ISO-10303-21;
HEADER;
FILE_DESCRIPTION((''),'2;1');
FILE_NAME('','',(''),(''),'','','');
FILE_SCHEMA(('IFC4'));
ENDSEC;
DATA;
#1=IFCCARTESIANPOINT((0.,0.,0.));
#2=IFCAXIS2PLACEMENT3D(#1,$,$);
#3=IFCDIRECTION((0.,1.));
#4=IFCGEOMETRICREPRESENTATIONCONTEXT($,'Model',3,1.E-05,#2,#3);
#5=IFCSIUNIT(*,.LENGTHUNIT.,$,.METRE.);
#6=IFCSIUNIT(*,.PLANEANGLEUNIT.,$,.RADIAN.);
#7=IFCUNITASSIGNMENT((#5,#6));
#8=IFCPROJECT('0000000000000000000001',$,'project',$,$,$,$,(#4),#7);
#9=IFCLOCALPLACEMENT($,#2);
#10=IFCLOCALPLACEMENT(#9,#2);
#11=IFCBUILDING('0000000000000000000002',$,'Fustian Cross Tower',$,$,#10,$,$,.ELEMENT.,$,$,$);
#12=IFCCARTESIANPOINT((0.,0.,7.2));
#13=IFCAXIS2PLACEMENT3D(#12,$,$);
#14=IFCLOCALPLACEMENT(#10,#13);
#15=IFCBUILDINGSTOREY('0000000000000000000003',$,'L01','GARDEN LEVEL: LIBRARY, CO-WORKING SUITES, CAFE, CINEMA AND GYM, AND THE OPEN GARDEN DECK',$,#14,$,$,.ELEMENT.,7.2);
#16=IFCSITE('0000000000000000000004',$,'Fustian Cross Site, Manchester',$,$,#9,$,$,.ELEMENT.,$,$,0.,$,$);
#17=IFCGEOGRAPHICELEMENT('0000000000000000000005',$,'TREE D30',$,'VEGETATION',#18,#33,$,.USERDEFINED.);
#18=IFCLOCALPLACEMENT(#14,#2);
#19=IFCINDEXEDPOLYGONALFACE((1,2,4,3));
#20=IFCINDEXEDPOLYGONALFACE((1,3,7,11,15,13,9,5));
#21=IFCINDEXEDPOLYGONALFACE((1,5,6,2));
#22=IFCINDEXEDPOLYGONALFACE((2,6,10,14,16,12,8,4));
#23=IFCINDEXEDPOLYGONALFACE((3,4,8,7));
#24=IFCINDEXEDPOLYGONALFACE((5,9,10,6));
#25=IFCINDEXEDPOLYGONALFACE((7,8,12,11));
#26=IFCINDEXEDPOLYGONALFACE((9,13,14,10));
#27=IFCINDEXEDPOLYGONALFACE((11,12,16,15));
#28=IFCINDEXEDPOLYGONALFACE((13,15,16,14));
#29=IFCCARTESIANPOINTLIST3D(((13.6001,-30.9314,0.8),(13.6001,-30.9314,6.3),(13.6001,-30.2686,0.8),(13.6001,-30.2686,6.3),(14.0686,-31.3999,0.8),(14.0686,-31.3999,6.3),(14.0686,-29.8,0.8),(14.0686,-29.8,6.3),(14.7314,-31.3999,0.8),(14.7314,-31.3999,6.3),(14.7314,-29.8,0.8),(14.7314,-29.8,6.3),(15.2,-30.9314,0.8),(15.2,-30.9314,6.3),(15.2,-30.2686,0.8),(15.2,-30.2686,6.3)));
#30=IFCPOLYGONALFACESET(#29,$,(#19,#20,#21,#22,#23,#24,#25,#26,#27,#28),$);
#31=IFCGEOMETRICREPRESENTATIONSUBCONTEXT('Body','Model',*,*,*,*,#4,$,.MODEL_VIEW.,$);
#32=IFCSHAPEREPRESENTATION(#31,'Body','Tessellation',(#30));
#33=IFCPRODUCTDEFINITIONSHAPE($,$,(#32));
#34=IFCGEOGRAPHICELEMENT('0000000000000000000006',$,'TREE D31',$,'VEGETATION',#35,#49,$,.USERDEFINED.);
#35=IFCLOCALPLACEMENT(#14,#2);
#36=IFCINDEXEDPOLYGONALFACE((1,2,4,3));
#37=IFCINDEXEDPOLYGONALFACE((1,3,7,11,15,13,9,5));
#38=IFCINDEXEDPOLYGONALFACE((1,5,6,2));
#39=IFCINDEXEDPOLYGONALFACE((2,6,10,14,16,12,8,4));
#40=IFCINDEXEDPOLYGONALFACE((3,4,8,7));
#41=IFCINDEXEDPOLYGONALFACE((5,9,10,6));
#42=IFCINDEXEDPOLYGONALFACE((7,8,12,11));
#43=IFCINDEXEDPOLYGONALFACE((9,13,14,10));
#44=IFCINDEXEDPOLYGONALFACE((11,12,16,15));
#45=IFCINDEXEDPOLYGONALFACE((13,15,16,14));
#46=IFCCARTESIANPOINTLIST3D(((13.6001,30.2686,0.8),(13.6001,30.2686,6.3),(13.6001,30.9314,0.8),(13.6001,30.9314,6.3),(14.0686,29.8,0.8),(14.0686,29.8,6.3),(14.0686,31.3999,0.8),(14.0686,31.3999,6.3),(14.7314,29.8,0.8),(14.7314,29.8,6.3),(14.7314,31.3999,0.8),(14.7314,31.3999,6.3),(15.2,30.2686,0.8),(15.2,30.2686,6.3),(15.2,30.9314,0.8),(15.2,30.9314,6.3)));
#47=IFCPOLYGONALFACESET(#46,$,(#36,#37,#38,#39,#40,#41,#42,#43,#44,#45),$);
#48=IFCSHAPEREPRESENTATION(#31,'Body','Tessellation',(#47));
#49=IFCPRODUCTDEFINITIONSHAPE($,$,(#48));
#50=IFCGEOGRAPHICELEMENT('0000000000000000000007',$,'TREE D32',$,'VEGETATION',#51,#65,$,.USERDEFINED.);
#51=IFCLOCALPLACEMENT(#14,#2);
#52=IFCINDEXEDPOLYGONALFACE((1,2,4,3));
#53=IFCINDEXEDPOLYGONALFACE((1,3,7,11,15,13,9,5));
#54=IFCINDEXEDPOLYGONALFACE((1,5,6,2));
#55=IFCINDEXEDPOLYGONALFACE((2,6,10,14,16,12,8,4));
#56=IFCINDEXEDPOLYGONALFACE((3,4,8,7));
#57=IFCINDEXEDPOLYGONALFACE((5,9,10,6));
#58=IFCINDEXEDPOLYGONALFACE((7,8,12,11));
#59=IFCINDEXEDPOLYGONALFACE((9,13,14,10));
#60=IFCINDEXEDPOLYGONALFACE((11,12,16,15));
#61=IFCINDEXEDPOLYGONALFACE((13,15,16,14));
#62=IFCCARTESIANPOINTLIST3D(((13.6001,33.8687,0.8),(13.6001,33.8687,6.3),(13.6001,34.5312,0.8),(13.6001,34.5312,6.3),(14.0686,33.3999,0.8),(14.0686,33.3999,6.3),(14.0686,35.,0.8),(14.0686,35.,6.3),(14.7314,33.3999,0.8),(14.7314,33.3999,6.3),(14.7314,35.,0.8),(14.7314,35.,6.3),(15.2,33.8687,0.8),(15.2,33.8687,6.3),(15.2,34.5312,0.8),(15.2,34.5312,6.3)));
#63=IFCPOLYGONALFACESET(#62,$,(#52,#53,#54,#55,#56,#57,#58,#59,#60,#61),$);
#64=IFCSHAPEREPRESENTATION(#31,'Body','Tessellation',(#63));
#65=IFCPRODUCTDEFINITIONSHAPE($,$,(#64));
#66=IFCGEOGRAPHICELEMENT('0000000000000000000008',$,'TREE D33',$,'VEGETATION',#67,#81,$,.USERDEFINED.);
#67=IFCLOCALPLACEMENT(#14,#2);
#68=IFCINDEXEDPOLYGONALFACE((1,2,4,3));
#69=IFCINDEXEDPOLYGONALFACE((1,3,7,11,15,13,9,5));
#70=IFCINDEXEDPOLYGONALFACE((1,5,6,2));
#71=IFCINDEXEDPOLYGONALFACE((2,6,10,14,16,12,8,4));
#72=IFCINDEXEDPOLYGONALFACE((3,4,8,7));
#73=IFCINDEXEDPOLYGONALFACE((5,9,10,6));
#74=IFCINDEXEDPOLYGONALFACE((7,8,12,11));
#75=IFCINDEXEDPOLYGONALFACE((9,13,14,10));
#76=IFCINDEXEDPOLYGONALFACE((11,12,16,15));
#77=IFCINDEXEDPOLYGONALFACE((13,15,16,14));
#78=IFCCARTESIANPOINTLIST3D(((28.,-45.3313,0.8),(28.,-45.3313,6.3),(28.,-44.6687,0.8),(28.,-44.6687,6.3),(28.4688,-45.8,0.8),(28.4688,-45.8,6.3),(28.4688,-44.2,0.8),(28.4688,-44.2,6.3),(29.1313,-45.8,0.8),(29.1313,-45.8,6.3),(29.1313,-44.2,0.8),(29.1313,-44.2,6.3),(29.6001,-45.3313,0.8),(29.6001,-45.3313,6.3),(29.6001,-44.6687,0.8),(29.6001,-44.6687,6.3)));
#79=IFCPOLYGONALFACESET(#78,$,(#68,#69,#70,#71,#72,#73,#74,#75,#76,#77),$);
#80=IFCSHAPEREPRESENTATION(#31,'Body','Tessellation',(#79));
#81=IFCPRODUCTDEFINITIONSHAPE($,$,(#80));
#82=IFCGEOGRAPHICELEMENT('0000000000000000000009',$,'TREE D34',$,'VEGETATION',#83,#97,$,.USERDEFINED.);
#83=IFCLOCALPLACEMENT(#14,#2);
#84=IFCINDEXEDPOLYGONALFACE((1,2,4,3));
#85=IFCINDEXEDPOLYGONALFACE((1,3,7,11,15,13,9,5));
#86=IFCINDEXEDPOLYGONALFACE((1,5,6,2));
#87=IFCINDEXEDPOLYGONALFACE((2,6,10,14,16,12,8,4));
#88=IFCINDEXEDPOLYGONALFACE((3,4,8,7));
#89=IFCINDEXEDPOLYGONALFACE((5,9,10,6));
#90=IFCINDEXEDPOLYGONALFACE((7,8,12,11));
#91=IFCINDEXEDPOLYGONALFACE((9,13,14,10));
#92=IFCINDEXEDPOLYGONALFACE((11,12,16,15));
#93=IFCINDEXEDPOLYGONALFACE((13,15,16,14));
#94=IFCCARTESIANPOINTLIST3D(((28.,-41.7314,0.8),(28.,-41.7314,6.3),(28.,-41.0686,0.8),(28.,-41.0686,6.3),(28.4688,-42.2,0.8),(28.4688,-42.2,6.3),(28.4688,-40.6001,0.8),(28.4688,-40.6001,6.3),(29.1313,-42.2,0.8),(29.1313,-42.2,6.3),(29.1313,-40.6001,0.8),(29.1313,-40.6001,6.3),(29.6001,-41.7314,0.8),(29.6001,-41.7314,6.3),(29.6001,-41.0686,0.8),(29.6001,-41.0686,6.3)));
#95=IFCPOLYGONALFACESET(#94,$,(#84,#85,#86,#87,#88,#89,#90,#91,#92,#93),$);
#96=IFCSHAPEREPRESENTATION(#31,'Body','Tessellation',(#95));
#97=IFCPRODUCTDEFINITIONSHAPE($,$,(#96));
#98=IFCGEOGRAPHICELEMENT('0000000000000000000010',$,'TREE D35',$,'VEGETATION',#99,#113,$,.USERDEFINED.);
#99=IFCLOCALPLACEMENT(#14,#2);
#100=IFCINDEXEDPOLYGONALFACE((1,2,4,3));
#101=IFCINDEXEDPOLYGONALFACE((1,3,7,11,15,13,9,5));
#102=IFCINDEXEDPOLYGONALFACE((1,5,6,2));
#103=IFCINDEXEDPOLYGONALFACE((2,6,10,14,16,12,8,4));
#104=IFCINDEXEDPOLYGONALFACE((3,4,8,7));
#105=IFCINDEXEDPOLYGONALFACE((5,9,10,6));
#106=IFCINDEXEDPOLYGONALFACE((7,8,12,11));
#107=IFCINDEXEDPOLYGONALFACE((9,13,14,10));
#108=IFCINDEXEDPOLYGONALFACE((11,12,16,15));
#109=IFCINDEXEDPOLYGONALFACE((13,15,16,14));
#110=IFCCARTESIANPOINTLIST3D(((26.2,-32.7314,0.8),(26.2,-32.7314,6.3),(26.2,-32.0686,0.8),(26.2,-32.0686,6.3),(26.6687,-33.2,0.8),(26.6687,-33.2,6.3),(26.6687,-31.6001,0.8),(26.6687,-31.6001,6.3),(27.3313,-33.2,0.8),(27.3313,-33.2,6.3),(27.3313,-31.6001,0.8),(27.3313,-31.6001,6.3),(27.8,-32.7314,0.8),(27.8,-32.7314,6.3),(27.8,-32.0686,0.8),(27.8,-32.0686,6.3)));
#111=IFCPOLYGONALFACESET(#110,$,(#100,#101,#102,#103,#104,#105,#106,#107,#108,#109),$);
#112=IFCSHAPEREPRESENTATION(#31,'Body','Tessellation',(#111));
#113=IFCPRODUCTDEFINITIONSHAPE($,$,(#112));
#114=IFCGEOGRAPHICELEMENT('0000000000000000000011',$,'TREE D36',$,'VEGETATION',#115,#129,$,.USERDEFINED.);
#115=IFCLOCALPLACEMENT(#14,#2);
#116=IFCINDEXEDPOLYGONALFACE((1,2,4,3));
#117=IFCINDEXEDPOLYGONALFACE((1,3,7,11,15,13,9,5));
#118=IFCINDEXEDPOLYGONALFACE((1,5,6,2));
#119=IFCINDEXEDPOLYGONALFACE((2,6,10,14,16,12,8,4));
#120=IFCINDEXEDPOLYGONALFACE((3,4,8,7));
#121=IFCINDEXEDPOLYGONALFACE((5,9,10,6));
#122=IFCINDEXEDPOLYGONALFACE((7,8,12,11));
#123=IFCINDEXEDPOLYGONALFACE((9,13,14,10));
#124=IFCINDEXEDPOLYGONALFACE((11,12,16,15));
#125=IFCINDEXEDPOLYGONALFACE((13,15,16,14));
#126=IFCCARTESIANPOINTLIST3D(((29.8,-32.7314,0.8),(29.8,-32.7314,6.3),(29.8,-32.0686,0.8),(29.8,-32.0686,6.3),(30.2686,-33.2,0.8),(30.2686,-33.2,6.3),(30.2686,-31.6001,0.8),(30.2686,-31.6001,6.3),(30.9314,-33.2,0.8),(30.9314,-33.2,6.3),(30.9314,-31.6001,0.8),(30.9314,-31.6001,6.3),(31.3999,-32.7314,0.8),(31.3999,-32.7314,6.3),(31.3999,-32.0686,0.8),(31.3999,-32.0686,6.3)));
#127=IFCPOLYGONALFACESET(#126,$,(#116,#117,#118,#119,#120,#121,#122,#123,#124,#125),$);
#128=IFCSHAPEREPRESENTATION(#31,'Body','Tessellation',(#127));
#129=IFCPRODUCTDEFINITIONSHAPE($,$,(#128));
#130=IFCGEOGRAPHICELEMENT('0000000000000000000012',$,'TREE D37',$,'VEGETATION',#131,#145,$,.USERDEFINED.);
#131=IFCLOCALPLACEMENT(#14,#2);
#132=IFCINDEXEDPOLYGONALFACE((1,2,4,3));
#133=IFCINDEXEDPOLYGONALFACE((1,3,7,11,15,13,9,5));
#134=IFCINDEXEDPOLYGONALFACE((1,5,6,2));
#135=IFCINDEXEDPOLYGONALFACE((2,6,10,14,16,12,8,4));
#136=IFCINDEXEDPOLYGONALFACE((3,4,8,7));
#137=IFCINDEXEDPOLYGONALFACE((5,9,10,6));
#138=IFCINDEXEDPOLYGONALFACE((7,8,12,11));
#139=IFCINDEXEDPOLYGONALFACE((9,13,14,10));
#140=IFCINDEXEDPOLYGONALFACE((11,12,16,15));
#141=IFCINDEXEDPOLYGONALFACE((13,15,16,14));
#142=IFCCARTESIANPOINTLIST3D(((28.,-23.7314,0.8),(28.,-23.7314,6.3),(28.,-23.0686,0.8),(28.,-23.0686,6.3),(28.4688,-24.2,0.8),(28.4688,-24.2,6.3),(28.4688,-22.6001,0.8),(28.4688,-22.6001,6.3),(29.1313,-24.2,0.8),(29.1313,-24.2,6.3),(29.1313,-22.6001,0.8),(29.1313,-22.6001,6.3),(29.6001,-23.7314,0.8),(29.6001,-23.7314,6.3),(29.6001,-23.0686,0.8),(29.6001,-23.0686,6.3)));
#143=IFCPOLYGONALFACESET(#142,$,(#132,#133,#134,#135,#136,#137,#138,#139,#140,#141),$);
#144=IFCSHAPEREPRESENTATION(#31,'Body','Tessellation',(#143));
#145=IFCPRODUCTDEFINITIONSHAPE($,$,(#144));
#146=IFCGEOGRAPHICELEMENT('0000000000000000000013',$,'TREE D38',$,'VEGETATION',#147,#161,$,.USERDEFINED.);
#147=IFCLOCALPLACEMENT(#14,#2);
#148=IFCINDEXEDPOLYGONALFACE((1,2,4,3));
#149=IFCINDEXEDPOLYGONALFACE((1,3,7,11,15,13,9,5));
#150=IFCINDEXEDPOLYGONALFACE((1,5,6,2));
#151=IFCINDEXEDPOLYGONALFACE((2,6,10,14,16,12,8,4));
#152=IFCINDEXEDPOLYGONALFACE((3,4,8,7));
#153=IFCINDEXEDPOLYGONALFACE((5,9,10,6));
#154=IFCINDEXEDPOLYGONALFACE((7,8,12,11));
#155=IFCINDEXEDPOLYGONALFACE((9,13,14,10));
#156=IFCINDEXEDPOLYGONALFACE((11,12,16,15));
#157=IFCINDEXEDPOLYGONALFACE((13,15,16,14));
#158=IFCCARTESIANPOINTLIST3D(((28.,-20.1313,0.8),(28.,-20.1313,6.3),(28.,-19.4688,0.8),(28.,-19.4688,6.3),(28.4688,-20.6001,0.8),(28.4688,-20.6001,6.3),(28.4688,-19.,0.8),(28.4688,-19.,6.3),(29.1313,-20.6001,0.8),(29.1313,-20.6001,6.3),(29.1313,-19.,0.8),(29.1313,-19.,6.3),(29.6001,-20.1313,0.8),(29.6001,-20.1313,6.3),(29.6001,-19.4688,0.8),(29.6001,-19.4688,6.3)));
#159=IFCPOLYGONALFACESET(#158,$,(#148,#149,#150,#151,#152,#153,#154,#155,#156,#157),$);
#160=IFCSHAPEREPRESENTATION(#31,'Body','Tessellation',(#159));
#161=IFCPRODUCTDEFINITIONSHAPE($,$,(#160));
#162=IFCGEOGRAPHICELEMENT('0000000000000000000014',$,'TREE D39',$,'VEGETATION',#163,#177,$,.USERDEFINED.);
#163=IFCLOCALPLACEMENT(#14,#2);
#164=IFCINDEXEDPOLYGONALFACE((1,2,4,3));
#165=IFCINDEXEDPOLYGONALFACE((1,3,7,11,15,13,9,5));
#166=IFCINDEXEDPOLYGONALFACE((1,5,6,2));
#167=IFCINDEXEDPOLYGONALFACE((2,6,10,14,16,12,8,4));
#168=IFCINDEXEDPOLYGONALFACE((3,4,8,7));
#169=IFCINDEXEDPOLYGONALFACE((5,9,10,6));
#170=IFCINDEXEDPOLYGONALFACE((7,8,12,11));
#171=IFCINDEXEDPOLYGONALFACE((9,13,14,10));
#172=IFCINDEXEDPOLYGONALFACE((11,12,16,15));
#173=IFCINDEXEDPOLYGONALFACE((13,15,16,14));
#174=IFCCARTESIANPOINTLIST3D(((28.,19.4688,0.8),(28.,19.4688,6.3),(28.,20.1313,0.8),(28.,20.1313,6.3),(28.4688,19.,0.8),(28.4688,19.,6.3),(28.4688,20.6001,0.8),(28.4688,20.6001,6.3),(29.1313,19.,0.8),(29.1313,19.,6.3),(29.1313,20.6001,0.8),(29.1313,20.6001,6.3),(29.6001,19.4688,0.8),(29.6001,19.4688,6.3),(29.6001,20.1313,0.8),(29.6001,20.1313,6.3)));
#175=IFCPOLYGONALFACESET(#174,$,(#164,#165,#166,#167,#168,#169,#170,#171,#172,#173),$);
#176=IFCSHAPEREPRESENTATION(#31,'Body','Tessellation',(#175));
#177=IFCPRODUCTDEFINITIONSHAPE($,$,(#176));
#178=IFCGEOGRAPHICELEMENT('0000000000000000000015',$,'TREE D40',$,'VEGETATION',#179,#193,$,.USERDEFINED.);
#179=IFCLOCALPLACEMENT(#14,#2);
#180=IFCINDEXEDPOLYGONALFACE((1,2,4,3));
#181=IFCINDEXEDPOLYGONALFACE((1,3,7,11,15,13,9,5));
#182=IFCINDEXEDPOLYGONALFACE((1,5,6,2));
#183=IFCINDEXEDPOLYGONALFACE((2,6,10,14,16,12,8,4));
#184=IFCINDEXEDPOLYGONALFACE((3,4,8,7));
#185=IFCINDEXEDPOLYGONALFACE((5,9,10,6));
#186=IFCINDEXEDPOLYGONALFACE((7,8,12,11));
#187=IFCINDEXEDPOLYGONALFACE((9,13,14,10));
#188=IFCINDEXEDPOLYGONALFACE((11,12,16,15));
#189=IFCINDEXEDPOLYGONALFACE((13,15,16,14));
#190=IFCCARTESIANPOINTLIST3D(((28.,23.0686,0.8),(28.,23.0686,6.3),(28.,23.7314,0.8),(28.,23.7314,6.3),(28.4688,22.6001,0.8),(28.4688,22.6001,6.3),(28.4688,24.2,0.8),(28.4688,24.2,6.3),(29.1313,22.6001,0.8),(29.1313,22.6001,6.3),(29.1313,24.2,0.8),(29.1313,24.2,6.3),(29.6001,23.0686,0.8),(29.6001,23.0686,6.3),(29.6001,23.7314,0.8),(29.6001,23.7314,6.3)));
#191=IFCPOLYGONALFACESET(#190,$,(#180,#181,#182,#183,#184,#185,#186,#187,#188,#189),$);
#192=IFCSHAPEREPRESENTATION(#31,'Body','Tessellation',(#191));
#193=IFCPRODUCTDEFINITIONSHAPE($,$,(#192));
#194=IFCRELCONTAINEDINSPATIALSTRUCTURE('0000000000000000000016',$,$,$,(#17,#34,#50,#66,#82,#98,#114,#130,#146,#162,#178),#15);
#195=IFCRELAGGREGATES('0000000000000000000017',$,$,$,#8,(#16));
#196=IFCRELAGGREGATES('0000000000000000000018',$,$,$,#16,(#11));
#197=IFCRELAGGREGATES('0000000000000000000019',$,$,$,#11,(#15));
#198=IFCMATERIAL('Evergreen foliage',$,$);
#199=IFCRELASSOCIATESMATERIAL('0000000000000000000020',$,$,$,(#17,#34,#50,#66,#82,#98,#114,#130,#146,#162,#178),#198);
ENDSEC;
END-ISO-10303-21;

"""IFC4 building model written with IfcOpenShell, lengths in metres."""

from ifc_helpers import new_model, si_unit, direction, frame, origin, place, context, subcontext, project, spatial, polyline, outline, extrude, material, element, save


model = new_model("IFC4")

# Units and contexts
model_context = context("Model", 3, precision=1e-05, world=origin(), true_north=direction((0.0, 1.0)))
body_context = subcontext(model_context, "Body", "Model", "MODEL_VIEW")
ifc_project = project(units=[si_unit("LENGTHUNIT", "METRE"), si_unit("PLANEANGLEUNIT", "RADIAN")], contexts=[model_context])

# Site, building, storey
site_placement = place(None, origin())
site = spatial("IfcSite", under=ifc_project, at=site_placement, Name="Fustian Cross Site, Manchester", CompositionType="ELEMENT", RefElevation=0.0)
building_placement = place(site_placement, origin())
building = spatial("IfcBuilding", under=site, at=building_placement, Name="Fustian Cross Tower", CompositionType="ELEMENT")
storey_placement = place(building_placement, frame((0.0, 0.0, 7.2)))
storey = spatial("IfcBuildingStorey", under=building, at=storey_placement, Name="L01", Description="GARDEN LEVEL: LIBRARY, CO-WORKING SUITES, CAFE, CINEMA AND GYM, AND THE OPEN GARDEN DECK", CompositionType="ELEMENT", Elevation=7.2)

# Geographic elements
ifc_material = material(Name="Evergreen foliage")
geographic_element_1_placement = place(storey_placement, frame((0.0, 0.0, 0.8)))
element("IfcGeographicElement", 1, at=geographic_element_1_placement, inside=storey, material=ifc_material, Name="TREE D30", ObjectType="VEGETATION", PredefinedType="USERDEFINED", context=body_context, shape_type="SweptSolid", body=[
    extrude(outline(polyline([(15.2, -30.2686), (14.7314, -29.8), (14.0686, -29.8), (13.6001, -30.2686), (13.6001, -30.9314), (14.0686, -31.3999), (14.7314, -31.3999), (15.2, -30.9314), (15.2, -30.2686)])), origin(), (0.0, 0.0, 1.0), 5.5),
])
geographic_element_2_placement = place(storey_placement, frame((0.0, 0.0, 0.8)))
element("IfcGeographicElement", 2, at=geographic_element_2_placement, inside=storey, material=ifc_material, Name="TREE D31", ObjectType="VEGETATION", PredefinedType="USERDEFINED", context=body_context, shape_type="SweptSolid", body=[
    extrude(outline(polyline([(15.2, 30.9314), (14.7314, 31.3999), (14.0686, 31.3999), (13.6001, 30.9314), (13.6001, 30.2686), (14.0686, 29.8), (14.7314, 29.8), (15.2, 30.2686), (15.2, 30.9314)])), origin(), (0.0, 0.0, 1.0), 5.5),
])
geographic_element_3_placement = place(storey_placement, frame((0.0, 0.0, 0.8)))
element("IfcGeographicElement", 3, at=geographic_element_3_placement, inside=storey, material=ifc_material, Name="TREE D32", ObjectType="VEGETATION", PredefinedType="USERDEFINED", context=body_context, shape_type="SweptSolid", body=[
    extrude(outline(polyline([(15.2, 34.5312), (14.7314, 35.0), (14.0686, 35.0), (13.6001, 34.5312), (13.6001, 33.8687), (14.0686, 33.3999), (14.7314, 33.3999), (15.2, 33.8687), (15.2, 34.5312)])), origin(), (0.0, 0.0, 1.0), 5.5),
])
geographic_element_4_placement = place(storey_placement, frame((0.0, 0.0, 0.8)))
element("IfcGeographicElement", 4, at=geographic_element_4_placement, inside=storey, material=ifc_material, Name="TREE D33", ObjectType="VEGETATION", PredefinedType="USERDEFINED", context=body_context, shape_type="SweptSolid", body=[
    extrude(outline(polyline([(29.6001, -44.6687), (29.1313, -44.2), (28.4688, -44.2), (28.0, -44.6687), (28.0, -45.3313), (28.4688, -45.8), (29.1313, -45.8), (29.6001, -45.3313), (29.6001, -44.6687)])), origin(), (0.0, 0.0, 1.0), 5.5),
])
geographic_element_5_placement = place(storey_placement, frame((0.0, 0.0, 0.8)))
element("IfcGeographicElement", 5, at=geographic_element_5_placement, inside=storey, material=ifc_material, Name="TREE D34", ObjectType="VEGETATION", PredefinedType="USERDEFINED", context=body_context, shape_type="SweptSolid", body=[
    extrude(outline(polyline([(29.6001, -41.0686), (29.1313, -40.6001), (28.4688, -40.6001), (28.0, -41.0686), (28.0, -41.7314), (28.4688, -42.2), (29.1313, -42.2), (29.6001, -41.7314), (29.6001, -41.0686)])), origin(), (0.0, 0.0, 1.0), 5.5),
])
geographic_element_6_placement = place(storey_placement, frame((0.0, 0.0, 0.8)))
element("IfcGeographicElement", 6, at=geographic_element_6_placement, inside=storey, material=ifc_material, Name="TREE D35", ObjectType="VEGETATION", PredefinedType="USERDEFINED", context=body_context, shape_type="SweptSolid", body=[
    extrude(outline(polyline([(27.8, -32.0686), (27.3313, -31.6001), (26.6687, -31.6001), (26.2, -32.0686), (26.2, -32.7314), (26.6687, -33.2), (27.3313, -33.2), (27.8, -32.7314), (27.8, -32.0686)])), origin(), (0.0, 0.0, 1.0), 5.5),
])
geographic_element_7_placement = place(storey_placement, frame((0.0, 0.0, 0.8)))
element("IfcGeographicElement", 7, at=geographic_element_7_placement, inside=storey, material=ifc_material, Name="TREE D36", ObjectType="VEGETATION", PredefinedType="USERDEFINED", context=body_context, shape_type="SweptSolid", body=[
    extrude(outline(polyline([(31.3999, -32.0686), (30.9314, -31.6001), (30.2686, -31.6001), (29.8, -32.0686), (29.8, -32.7314), (30.2686, -33.2), (30.9314, -33.2), (31.3999, -32.7314), (31.3999, -32.0686)])), origin(), (0.0, 0.0, 1.0), 5.5),
])
geographic_element_8_placement = place(storey_placement, frame((0.0, 0.0, 0.8)))
element("IfcGeographicElement", 8, at=geographic_element_8_placement, inside=storey, material=ifc_material, Name="TREE D37", ObjectType="VEGETATION", PredefinedType="USERDEFINED", context=body_context, shape_type="SweptSolid", body=[
    extrude(outline(polyline([(29.6001, -23.0686), (29.1313, -22.6001), (28.4688, -22.6001), (28.0, -23.0686), (28.0, -23.7314), (28.4688, -24.2), (29.1313, -24.2), (29.6001, -23.7314), (29.6001, -23.0686)])), origin(), (0.0, 0.0, 1.0), 5.5),
])
geographic_element_9_placement = place(storey_placement, frame((0.0, 0.0, 0.8)))
element("IfcGeographicElement", 9, at=geographic_element_9_placement, inside=storey, material=ifc_material, Name="TREE D38", ObjectType="VEGETATION", PredefinedType="USERDEFINED", context=body_context, shape_type="SweptSolid", body=[
    extrude(outline(polyline([(29.6001, -19.4688), (29.1313, -19.0), (28.4688, -19.0), (28.0, -19.4688), (28.0, -20.1313), (28.4688, -20.6001), (29.1313, -20.6001), (29.6001, -20.1313), (29.6001, -19.4688)])), origin(), (0.0, 0.0, 1.0), 5.5),
])
geographic_element_10_placement = place(storey_placement, frame((0.0, 0.0, 0.8)))
element("IfcGeographicElement", 10, at=geographic_element_10_placement, inside=storey, material=ifc_material, Name="TREE D39", ObjectType="VEGETATION", PredefinedType="USERDEFINED", context=body_context, shape_type="SweptSolid", body=[
    extrude(outline(polyline([(29.6001, 20.1313), (29.1313, 20.6001), (28.4688, 20.6001), (28.0, 20.1313), (28.0, 19.4688), (28.4688, 19.0), (29.1313, 19.0), (29.6001, 19.4688), (29.6001, 20.1313)])), origin(), (0.0, 0.0, 1.0), 5.5),
])
geographic_element_11_placement = place(storey_placement, frame((0.0, 0.0, 0.8)))
element("IfcGeographicElement", 11, at=geographic_element_11_placement, inside=storey, material=ifc_material, Name="TREE D40", ObjectType="VEGETATION", PredefinedType="USERDEFINED", context=body_context, shape_type="SweptSolid", body=[
    extrude(outline(polyline([(29.6001, 23.7314), (29.1313, 24.2), (28.4688, 24.2), (28.0, 23.7314), (28.0, 23.0686), (28.4688, 22.6001), (29.1313, 22.6001), (29.6001, 23.0686), (29.6001, 23.7314)])), origin(), (0.0, 0.0, 1.0), 5.5),
])

save(model, "model.ifc")
